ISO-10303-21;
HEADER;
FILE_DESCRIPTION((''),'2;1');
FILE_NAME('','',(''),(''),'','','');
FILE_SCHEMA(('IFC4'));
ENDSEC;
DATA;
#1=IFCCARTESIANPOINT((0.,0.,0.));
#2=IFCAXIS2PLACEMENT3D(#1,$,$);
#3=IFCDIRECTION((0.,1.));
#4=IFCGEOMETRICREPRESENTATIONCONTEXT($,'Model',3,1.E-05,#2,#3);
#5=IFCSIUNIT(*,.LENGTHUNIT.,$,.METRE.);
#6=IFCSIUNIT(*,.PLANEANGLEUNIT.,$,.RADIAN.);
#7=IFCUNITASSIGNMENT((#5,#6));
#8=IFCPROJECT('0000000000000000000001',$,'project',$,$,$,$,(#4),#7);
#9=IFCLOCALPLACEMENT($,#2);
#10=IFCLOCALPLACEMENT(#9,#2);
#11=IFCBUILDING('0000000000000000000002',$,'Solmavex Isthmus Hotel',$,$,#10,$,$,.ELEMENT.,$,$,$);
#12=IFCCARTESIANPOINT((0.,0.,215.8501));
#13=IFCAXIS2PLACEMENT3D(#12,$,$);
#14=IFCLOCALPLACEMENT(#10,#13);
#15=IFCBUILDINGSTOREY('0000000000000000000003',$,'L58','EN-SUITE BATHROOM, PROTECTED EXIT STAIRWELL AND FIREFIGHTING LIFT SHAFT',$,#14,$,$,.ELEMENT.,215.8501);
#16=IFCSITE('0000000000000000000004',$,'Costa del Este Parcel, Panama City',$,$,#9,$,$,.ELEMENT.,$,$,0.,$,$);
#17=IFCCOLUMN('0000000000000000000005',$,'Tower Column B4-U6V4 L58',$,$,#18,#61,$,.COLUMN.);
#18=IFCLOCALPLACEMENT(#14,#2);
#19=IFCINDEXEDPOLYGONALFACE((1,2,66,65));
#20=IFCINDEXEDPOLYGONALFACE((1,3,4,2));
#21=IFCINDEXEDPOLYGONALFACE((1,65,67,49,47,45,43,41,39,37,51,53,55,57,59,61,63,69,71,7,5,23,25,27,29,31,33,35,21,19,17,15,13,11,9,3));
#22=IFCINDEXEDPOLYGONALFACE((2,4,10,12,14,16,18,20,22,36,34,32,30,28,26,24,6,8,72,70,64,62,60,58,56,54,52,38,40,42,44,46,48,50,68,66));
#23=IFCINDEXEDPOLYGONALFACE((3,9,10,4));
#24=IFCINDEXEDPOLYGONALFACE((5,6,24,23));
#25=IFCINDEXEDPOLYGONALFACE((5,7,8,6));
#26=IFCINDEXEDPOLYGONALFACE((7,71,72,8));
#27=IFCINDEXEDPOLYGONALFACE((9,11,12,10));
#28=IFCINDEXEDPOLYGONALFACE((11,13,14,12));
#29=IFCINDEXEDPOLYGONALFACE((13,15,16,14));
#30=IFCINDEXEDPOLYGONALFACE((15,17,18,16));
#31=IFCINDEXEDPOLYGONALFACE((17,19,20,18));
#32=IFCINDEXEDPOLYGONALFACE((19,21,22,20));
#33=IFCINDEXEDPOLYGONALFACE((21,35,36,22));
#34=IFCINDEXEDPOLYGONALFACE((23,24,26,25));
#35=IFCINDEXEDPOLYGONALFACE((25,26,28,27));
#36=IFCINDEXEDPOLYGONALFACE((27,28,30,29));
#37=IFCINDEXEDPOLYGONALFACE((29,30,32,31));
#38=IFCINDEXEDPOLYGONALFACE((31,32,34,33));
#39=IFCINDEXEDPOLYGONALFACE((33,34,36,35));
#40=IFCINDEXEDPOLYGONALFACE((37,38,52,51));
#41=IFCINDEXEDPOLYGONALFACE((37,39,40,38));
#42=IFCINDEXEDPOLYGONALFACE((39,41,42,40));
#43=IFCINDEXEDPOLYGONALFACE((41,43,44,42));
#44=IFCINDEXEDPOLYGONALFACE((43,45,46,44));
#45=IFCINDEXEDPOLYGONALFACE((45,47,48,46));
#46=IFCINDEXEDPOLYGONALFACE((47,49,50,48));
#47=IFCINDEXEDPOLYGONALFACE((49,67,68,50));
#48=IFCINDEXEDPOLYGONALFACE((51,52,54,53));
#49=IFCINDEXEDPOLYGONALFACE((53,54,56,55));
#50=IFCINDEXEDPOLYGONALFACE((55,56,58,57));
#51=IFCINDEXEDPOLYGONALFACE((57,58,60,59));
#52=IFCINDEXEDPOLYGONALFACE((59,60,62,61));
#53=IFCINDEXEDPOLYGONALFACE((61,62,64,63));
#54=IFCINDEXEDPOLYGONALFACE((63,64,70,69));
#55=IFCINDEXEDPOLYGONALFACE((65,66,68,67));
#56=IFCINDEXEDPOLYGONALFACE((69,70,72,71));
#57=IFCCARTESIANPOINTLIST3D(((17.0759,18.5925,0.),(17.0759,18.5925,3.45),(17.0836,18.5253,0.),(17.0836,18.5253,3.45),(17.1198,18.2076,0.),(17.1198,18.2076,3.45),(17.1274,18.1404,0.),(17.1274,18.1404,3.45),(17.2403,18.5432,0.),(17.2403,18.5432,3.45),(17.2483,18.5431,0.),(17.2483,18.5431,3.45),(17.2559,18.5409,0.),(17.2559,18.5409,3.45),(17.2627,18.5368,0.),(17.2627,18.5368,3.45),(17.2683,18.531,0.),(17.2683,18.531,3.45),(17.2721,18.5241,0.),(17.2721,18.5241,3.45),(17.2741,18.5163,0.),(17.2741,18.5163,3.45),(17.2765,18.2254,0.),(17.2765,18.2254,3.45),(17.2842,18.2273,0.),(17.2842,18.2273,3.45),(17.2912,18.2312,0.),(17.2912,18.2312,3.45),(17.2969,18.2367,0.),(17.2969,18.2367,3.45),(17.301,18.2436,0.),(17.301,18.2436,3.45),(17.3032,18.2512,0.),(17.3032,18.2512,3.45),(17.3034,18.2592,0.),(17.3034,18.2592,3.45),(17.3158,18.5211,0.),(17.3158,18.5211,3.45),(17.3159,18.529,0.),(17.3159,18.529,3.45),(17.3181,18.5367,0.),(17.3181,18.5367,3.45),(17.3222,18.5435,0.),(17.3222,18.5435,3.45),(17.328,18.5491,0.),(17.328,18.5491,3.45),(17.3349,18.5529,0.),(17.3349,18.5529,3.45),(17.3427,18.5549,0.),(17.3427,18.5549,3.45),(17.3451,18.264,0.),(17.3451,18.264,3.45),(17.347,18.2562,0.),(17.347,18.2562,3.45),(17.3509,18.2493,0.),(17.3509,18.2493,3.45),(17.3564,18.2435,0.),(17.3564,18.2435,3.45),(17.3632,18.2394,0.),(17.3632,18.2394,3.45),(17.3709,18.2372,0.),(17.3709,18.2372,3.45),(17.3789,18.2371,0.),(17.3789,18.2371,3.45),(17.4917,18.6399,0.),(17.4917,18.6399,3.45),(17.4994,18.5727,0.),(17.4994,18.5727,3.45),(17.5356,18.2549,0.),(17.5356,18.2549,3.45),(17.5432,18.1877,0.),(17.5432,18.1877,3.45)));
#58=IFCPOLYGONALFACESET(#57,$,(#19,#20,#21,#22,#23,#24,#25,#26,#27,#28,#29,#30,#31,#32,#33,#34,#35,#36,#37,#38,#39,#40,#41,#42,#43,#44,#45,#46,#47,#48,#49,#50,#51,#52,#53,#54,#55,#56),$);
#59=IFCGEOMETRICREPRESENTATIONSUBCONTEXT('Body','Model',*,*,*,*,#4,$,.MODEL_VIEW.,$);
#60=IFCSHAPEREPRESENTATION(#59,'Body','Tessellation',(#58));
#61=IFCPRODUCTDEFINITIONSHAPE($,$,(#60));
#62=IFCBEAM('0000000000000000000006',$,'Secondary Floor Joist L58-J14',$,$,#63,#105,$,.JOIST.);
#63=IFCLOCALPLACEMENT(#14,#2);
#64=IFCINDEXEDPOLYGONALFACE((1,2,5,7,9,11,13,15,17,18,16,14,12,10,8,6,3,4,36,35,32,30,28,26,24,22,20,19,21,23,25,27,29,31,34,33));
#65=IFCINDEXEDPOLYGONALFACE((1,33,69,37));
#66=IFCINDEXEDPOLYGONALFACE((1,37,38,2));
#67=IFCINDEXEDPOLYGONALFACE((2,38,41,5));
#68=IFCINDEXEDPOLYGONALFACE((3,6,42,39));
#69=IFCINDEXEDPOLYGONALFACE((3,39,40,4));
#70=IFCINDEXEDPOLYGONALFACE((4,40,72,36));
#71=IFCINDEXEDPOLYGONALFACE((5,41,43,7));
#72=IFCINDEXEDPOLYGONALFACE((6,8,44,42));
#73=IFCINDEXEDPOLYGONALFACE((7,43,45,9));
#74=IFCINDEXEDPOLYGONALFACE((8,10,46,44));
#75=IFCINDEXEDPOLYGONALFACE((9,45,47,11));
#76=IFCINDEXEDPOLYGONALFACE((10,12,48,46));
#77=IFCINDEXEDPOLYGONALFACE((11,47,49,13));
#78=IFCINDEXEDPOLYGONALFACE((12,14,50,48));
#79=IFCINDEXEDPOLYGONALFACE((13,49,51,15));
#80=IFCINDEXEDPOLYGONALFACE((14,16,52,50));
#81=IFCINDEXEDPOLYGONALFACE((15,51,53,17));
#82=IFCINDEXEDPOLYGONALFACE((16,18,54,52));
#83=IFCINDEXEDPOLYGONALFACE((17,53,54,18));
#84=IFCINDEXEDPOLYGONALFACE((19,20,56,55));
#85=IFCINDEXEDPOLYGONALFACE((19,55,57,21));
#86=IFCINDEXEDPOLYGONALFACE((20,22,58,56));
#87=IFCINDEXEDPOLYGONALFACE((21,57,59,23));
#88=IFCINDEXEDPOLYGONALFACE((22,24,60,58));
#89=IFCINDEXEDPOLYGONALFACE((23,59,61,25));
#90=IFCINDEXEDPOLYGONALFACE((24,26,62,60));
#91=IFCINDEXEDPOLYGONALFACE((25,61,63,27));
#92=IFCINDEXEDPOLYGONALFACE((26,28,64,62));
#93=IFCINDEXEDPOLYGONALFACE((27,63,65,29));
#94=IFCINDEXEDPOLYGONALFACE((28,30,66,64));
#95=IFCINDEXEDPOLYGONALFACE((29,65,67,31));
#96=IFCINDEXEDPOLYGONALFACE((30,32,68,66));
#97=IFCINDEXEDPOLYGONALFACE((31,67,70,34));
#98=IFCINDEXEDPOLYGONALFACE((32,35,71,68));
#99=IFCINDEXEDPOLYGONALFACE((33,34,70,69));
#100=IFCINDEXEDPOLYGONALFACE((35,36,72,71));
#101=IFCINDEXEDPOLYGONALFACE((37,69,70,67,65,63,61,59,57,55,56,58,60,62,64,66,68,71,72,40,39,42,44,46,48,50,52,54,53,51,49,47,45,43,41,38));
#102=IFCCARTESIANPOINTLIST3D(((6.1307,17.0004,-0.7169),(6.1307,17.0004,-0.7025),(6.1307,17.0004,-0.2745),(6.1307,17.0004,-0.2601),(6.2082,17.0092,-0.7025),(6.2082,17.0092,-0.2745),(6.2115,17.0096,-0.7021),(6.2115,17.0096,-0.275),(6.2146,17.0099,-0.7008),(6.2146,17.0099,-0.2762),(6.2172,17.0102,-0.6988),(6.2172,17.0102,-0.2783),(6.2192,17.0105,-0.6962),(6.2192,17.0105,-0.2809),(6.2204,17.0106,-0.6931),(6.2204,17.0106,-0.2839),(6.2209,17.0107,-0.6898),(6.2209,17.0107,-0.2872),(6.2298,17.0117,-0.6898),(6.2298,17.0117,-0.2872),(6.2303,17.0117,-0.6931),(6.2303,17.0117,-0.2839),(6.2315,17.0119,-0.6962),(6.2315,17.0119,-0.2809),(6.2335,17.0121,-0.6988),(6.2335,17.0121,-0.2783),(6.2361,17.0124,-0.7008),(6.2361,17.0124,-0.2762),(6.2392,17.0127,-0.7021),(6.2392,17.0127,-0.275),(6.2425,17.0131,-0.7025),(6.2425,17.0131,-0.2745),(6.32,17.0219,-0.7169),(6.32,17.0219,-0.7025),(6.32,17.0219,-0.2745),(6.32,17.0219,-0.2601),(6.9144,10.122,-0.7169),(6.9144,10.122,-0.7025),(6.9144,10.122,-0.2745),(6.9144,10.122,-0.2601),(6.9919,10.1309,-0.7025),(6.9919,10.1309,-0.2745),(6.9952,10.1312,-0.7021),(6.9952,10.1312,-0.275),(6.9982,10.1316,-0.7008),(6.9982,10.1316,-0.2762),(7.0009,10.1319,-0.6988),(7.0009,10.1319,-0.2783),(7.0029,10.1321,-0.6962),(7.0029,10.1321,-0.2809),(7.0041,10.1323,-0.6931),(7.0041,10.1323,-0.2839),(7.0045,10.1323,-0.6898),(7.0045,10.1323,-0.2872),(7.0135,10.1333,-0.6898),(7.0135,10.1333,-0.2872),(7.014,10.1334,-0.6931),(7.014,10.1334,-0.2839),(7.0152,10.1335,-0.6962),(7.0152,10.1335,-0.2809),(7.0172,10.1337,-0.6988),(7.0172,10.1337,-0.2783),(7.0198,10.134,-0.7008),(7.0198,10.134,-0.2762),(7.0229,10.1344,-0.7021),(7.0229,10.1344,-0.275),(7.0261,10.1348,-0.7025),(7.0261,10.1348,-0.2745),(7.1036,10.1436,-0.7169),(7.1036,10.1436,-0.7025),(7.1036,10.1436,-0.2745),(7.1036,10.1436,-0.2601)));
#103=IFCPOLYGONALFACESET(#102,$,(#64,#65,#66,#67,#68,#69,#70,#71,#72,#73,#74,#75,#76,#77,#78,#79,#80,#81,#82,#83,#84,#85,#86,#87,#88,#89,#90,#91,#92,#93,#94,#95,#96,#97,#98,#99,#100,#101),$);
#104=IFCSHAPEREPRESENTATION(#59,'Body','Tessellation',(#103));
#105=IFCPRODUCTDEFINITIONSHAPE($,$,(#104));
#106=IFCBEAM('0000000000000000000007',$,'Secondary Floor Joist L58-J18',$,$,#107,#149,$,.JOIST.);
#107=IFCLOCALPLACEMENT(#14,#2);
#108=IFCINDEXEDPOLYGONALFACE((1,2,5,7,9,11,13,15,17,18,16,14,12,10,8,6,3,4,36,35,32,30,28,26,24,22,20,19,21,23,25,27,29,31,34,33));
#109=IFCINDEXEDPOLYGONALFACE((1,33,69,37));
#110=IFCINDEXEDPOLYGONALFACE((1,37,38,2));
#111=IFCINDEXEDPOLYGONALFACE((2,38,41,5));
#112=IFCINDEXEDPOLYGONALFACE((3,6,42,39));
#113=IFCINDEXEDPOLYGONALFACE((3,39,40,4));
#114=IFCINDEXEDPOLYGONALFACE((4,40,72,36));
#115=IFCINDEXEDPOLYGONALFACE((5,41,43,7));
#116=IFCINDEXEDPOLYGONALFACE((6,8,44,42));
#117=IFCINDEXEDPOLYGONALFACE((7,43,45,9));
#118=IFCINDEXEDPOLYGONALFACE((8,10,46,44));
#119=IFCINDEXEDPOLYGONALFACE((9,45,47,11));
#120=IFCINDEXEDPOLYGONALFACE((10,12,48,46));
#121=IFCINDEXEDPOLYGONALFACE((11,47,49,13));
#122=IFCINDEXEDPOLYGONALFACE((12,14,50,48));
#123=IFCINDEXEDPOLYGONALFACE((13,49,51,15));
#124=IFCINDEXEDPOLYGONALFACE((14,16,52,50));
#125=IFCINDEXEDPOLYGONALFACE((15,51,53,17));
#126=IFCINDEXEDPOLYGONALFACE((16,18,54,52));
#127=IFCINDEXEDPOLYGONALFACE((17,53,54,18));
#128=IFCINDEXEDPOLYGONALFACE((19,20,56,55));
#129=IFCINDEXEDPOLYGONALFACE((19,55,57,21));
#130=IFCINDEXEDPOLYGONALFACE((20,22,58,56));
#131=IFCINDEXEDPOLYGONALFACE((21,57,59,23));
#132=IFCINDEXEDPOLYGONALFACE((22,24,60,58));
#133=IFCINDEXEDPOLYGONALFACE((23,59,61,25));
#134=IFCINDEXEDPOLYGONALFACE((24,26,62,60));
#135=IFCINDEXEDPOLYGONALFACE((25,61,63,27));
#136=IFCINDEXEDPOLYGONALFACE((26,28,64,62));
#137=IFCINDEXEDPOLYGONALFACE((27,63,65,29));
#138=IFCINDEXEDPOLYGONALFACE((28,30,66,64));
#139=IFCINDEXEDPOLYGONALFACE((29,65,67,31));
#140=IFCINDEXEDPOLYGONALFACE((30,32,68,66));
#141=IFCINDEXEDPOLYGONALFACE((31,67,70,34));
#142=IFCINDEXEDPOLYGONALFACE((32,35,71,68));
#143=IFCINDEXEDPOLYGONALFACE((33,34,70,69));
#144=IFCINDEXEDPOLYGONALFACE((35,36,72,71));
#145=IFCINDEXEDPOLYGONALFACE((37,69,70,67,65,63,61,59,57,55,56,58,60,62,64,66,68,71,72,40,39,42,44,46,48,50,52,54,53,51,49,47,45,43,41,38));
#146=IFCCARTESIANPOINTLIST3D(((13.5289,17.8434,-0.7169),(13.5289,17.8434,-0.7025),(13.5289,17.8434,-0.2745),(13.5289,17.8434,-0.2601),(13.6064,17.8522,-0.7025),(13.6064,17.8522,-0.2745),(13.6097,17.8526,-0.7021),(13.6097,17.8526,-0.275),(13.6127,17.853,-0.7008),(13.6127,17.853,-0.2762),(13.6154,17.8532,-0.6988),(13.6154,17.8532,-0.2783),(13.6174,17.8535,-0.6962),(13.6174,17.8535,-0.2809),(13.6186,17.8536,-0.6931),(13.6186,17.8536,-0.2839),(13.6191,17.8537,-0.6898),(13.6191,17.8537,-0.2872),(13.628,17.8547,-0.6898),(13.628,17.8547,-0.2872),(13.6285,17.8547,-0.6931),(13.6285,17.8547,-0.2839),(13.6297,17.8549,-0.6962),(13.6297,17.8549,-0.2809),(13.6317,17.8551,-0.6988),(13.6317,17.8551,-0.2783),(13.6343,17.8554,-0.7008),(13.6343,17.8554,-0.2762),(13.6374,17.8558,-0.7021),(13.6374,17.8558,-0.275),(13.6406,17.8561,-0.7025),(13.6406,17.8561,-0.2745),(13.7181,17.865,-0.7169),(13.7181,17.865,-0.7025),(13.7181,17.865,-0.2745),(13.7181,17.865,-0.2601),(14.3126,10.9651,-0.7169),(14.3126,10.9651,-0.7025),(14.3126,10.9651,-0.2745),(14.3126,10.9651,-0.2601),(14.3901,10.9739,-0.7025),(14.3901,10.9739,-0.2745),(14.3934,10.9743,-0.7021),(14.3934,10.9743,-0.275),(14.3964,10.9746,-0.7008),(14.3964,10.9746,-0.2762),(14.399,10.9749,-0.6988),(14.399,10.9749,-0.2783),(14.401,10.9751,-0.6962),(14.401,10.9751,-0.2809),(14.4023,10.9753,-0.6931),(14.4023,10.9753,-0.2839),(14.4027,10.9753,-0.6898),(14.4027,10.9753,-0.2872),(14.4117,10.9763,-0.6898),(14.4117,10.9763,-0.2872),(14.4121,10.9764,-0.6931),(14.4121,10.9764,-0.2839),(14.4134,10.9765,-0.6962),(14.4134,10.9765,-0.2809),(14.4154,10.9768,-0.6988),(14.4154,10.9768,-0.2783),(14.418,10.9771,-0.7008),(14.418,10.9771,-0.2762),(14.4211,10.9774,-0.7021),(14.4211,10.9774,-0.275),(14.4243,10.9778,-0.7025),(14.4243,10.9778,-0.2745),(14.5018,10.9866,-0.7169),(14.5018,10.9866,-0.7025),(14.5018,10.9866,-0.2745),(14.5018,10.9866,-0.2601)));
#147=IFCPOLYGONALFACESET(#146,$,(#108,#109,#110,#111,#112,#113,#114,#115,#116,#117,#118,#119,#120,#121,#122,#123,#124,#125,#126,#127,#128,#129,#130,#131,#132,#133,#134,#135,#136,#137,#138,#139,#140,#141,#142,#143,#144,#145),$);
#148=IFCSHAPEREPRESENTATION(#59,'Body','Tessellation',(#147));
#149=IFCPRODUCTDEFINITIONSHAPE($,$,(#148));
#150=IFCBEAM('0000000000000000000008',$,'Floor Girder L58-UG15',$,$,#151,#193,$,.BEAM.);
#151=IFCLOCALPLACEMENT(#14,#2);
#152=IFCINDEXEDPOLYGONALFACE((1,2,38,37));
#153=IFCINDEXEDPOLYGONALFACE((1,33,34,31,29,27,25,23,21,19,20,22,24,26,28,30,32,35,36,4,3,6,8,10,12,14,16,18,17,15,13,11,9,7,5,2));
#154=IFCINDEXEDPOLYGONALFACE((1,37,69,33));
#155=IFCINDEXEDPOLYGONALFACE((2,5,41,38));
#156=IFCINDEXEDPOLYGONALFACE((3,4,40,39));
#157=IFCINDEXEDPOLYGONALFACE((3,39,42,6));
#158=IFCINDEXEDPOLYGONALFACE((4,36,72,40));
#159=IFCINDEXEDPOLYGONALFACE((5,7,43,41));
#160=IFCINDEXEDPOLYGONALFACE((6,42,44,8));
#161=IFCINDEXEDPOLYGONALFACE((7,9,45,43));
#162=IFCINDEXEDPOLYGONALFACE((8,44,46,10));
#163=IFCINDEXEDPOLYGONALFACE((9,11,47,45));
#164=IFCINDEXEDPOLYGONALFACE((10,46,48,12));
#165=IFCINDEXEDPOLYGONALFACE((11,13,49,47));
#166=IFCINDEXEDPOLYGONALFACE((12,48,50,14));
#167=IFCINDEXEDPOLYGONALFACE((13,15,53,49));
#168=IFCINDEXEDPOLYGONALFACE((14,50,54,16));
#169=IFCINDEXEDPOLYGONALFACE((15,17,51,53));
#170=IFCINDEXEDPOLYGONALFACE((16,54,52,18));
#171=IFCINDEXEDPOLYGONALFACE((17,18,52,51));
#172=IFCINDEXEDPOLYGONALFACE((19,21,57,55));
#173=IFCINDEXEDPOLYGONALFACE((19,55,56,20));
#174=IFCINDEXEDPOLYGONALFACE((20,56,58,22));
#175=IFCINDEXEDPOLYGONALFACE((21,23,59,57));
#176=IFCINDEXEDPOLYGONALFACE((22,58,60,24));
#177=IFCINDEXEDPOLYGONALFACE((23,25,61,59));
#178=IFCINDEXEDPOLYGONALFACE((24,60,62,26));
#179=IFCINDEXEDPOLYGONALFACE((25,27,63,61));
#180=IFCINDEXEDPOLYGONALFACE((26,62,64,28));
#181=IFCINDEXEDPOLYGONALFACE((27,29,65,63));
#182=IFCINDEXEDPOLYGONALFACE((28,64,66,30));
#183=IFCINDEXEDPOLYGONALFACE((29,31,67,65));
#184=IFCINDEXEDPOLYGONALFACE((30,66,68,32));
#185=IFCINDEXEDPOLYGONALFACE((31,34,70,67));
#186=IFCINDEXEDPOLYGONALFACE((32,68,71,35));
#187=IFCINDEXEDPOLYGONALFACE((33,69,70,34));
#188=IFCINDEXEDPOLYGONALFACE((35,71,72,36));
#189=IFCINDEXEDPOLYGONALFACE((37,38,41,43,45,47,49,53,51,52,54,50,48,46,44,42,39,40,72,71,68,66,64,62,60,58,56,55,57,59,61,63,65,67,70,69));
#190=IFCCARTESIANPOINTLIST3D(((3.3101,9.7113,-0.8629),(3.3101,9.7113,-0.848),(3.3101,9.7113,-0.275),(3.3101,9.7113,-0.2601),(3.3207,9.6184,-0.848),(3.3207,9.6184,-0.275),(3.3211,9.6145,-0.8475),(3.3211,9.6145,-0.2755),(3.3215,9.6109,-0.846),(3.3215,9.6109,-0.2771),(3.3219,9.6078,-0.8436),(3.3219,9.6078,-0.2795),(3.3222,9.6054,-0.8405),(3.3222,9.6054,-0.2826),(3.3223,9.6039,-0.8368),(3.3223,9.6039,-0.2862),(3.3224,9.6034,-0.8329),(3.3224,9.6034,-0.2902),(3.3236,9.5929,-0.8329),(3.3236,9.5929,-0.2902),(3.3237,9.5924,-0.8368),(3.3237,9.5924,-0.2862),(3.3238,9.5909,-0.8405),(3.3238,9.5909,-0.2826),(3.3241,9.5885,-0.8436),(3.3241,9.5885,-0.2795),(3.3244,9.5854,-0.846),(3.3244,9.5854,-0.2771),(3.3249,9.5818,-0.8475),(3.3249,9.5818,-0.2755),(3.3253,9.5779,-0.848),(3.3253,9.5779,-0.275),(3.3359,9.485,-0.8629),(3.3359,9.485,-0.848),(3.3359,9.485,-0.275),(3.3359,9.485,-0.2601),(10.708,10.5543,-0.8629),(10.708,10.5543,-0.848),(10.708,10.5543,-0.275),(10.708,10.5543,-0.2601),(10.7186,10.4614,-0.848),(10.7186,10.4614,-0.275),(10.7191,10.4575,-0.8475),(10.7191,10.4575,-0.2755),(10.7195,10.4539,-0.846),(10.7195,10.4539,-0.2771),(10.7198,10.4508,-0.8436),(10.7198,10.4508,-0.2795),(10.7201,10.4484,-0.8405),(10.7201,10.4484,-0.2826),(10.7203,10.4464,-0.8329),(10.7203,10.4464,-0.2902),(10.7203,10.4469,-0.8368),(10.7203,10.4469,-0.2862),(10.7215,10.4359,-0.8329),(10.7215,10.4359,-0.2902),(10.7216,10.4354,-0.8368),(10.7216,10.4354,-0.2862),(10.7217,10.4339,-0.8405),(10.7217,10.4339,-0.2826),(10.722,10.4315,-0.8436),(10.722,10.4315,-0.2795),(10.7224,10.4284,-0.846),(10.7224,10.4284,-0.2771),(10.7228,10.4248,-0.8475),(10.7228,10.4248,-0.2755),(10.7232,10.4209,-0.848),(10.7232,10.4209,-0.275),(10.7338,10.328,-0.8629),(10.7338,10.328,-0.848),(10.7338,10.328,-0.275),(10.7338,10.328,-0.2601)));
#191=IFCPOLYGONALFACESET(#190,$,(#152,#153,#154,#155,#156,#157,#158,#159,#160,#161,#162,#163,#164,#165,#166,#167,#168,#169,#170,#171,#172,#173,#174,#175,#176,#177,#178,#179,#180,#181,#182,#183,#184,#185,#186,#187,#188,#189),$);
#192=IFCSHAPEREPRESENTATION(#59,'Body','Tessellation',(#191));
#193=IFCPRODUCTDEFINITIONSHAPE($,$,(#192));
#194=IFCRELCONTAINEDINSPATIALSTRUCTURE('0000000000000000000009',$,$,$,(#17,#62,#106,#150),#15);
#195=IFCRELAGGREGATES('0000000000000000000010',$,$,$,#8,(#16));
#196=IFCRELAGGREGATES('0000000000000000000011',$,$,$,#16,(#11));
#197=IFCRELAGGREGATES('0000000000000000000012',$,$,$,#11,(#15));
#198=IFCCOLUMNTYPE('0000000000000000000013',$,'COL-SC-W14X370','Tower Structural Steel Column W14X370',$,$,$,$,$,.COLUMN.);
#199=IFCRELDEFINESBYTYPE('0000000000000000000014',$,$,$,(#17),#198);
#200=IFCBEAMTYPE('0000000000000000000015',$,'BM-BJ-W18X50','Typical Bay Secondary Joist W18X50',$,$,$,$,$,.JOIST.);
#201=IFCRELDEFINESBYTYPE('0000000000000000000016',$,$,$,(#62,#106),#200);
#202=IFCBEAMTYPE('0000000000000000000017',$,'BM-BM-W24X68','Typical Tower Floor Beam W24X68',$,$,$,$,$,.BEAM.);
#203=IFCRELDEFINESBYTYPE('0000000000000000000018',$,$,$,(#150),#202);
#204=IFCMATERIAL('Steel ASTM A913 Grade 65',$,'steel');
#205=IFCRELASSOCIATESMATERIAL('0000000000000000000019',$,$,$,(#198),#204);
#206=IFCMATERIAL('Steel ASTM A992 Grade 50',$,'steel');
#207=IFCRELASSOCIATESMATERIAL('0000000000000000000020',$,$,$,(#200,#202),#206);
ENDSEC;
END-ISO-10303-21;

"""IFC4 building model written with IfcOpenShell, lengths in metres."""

from ifc_helpers import new_model, si_unit, direction, frame, origin, origin_2d, place, context, subcontext, project, spatial, i_section, extrude, material, material_profile, profile_set, type_object, element, save


model = new_model("IFC4")

# Units and contexts
model_context = context("Model", 3, precision=1e-05, world=origin(), true_north=direction((0.0, 1.0)))
body_context = subcontext(model_context, "Body", "Model", "MODEL_VIEW")
ifc_project = project(units=[si_unit("LENGTHUNIT", "METRE"), si_unit("PLANEANGLEUNIT", "RADIAN")], contexts=[model_context])

# Site, building, storey
site_placement = place(None, origin())
site = spatial("IfcSite", under=ifc_project, at=site_placement, Name="Costa del Este Parcel, Panama City", CompositionType="ELEMENT", RefElevation=0.0)
building_placement = place(site_placement, origin())
building = spatial("IfcBuilding", under=site, at=building_placement, Name="Solmavex Isthmus Hotel", CompositionType="ELEMENT")
storey_placement = place(building_placement, frame((0.0, 0.0, 215.8501)))
storey = spatial("IfcBuildingStorey", under=building, at=storey_placement, Name="L58", Description="EN-SUITE BATHROOM, PROTECTED EXIT STAIRWELL AND FIREFIGHTING LIFT SHAFT", CompositionType="ELEMENT", Elevation=215.8501)

# Column
ifc_material_1 = material(Name="Steel ASTM A913 Grade 65", Category="steel")
ifc_material_profile_1 = material_profile(ifc_material_1, i_section(OverallWidth=0.4185, OverallDepth=0.4551, WebThickness=0.042, FlangeThickness=0.0676, FilletRadius=0.0305, at=origin_2d()), Name="W14X370")
ifc_profile_set_1 = profile_set([ifc_material_profile_1], Name="Steel ASTM A913 Grade 65")
column_type_1 = type_object("IfcColumnType", Name="COL-SC-W14X370", Description="Tower Structural Steel Column W14X370", PredefinedType="COLUMN", material=ifc_profile_set_1)
for number, where, z_axis, x_axis, name in (
    (1, (17.3096, 18.3901, 0.0), (0.0, 0.0, 1.0), (0.993572, 0.113203, 0.0), "Tower Column B4-U6V4 L58"),
):
    element("IfcColumn", number, at=place(storey_placement, frame(where, z_axis=z_axis, x_axis=x_axis)), inside=storey, type_object=column_type_1, Name=name, PredefinedType="COLUMN", context=body_context, shape_type="SweptSolid", body=[
        extrude(i_section(OverallWidth=0.4185, OverallDepth=0.4551, WebThickness=0.042, FlangeThickness=0.0676, FilletRadius=0.0305, at=origin_2d()), origin(), (0.0, 0.0, 1.0), 3.45),
    ])

# Beams
ifc_material_2 = material(Name="Steel ASTM A992 Grade 50", Category="steel")
ifc_material_profile_2 = material_profile(ifc_material_2, i_section(OverallWidth=0.1904, OverallDepth=0.4568, WebThickness=0.009, FlangeThickness=0.0144, FilletRadius=0.0127, at=origin_2d()), Name="W18X50")
ifc_profile_set_2 = profile_set([ifc_material_profile_2], Name="Steel ASTM A992 Grade 50")
beam_type_1 = type_object("IfcBeamType", Name="BM-BJ-W18X50", Description="Typical Bay Secondary Joist W18X50", PredefinedType="JOIST", material=ifc_profile_set_2)
for number, where, z_axis, x_axis, name in (
    (2, (7.009, 10.1328, -0.4885), (-0.113202, 0.993572, 0.0), (-0.993572, -0.113202, 0.0), "Secondary Floor Joist L58-J14"),
    (3, (14.4072, 10.9758, -0.4885), (-0.113202, 0.993572, 0.0), (-0.993572, -0.113202, 0.0), "Secondary Floor Joist L58-J18"),
):
    element("IfcBeam", number, at=place(storey_placement, frame(where, z_axis=z_axis, x_axis=x_axis)), inside=storey, type_object=beam_type_1, Name=name, PredefinedType="JOIST", context=body_context, shape_type="SweptSolid", body=[
        extrude(i_section(OverallWidth=0.1904, OverallDepth=0.4568, WebThickness=0.009, FlangeThickness=0.0144, FilletRadius=0.0127, at=origin_2d()), origin(), (0.0, 0.0, 1.0), 6.9229),
    ])
ifc_material_profile_3 = material_profile(ifc_material_2, i_section(OverallWidth=0.2278, OverallDepth=0.6028, WebThickness=0.0105, FlangeThickness=0.0149, FilletRadius=0.0151, at=origin_2d()), Name="W24X68")
ifc_profile_set_3 = profile_set([ifc_material_profile_3], Name="Steel ASTM A992 Grade 50")
beam_type_2 = type_object("IfcBeamType", Name="BM-BM-W24X68", Description="Typical Tower Floor Beam W24X68", PredefinedType="BEAM", material=ifc_profile_set_3)
beam_1_placement = place(storey_placement, frame((3.323, 9.5981, -0.5615), z_axis=(0.99357, 0.11322, 0.0), x_axis=(-0.11322, 0.99357, 0.0)))
element("IfcBeam", 4, at=beam_1_placement, inside=storey, type_object=beam_type_2, Name="Floor Girder L58-UG15", PredefinedType="BEAM", context=body_context, shape_type="SweptSolid", body=[
    extrude(i_section(OverallWidth=0.2278, OverallDepth=0.6028, WebThickness=0.0105, FlangeThickness=0.0149, FilletRadius=0.0151, at=origin_2d()), origin(), (0.0, 0.0, 1.0), 7.4458),
])

save(model, "model.ifc")
